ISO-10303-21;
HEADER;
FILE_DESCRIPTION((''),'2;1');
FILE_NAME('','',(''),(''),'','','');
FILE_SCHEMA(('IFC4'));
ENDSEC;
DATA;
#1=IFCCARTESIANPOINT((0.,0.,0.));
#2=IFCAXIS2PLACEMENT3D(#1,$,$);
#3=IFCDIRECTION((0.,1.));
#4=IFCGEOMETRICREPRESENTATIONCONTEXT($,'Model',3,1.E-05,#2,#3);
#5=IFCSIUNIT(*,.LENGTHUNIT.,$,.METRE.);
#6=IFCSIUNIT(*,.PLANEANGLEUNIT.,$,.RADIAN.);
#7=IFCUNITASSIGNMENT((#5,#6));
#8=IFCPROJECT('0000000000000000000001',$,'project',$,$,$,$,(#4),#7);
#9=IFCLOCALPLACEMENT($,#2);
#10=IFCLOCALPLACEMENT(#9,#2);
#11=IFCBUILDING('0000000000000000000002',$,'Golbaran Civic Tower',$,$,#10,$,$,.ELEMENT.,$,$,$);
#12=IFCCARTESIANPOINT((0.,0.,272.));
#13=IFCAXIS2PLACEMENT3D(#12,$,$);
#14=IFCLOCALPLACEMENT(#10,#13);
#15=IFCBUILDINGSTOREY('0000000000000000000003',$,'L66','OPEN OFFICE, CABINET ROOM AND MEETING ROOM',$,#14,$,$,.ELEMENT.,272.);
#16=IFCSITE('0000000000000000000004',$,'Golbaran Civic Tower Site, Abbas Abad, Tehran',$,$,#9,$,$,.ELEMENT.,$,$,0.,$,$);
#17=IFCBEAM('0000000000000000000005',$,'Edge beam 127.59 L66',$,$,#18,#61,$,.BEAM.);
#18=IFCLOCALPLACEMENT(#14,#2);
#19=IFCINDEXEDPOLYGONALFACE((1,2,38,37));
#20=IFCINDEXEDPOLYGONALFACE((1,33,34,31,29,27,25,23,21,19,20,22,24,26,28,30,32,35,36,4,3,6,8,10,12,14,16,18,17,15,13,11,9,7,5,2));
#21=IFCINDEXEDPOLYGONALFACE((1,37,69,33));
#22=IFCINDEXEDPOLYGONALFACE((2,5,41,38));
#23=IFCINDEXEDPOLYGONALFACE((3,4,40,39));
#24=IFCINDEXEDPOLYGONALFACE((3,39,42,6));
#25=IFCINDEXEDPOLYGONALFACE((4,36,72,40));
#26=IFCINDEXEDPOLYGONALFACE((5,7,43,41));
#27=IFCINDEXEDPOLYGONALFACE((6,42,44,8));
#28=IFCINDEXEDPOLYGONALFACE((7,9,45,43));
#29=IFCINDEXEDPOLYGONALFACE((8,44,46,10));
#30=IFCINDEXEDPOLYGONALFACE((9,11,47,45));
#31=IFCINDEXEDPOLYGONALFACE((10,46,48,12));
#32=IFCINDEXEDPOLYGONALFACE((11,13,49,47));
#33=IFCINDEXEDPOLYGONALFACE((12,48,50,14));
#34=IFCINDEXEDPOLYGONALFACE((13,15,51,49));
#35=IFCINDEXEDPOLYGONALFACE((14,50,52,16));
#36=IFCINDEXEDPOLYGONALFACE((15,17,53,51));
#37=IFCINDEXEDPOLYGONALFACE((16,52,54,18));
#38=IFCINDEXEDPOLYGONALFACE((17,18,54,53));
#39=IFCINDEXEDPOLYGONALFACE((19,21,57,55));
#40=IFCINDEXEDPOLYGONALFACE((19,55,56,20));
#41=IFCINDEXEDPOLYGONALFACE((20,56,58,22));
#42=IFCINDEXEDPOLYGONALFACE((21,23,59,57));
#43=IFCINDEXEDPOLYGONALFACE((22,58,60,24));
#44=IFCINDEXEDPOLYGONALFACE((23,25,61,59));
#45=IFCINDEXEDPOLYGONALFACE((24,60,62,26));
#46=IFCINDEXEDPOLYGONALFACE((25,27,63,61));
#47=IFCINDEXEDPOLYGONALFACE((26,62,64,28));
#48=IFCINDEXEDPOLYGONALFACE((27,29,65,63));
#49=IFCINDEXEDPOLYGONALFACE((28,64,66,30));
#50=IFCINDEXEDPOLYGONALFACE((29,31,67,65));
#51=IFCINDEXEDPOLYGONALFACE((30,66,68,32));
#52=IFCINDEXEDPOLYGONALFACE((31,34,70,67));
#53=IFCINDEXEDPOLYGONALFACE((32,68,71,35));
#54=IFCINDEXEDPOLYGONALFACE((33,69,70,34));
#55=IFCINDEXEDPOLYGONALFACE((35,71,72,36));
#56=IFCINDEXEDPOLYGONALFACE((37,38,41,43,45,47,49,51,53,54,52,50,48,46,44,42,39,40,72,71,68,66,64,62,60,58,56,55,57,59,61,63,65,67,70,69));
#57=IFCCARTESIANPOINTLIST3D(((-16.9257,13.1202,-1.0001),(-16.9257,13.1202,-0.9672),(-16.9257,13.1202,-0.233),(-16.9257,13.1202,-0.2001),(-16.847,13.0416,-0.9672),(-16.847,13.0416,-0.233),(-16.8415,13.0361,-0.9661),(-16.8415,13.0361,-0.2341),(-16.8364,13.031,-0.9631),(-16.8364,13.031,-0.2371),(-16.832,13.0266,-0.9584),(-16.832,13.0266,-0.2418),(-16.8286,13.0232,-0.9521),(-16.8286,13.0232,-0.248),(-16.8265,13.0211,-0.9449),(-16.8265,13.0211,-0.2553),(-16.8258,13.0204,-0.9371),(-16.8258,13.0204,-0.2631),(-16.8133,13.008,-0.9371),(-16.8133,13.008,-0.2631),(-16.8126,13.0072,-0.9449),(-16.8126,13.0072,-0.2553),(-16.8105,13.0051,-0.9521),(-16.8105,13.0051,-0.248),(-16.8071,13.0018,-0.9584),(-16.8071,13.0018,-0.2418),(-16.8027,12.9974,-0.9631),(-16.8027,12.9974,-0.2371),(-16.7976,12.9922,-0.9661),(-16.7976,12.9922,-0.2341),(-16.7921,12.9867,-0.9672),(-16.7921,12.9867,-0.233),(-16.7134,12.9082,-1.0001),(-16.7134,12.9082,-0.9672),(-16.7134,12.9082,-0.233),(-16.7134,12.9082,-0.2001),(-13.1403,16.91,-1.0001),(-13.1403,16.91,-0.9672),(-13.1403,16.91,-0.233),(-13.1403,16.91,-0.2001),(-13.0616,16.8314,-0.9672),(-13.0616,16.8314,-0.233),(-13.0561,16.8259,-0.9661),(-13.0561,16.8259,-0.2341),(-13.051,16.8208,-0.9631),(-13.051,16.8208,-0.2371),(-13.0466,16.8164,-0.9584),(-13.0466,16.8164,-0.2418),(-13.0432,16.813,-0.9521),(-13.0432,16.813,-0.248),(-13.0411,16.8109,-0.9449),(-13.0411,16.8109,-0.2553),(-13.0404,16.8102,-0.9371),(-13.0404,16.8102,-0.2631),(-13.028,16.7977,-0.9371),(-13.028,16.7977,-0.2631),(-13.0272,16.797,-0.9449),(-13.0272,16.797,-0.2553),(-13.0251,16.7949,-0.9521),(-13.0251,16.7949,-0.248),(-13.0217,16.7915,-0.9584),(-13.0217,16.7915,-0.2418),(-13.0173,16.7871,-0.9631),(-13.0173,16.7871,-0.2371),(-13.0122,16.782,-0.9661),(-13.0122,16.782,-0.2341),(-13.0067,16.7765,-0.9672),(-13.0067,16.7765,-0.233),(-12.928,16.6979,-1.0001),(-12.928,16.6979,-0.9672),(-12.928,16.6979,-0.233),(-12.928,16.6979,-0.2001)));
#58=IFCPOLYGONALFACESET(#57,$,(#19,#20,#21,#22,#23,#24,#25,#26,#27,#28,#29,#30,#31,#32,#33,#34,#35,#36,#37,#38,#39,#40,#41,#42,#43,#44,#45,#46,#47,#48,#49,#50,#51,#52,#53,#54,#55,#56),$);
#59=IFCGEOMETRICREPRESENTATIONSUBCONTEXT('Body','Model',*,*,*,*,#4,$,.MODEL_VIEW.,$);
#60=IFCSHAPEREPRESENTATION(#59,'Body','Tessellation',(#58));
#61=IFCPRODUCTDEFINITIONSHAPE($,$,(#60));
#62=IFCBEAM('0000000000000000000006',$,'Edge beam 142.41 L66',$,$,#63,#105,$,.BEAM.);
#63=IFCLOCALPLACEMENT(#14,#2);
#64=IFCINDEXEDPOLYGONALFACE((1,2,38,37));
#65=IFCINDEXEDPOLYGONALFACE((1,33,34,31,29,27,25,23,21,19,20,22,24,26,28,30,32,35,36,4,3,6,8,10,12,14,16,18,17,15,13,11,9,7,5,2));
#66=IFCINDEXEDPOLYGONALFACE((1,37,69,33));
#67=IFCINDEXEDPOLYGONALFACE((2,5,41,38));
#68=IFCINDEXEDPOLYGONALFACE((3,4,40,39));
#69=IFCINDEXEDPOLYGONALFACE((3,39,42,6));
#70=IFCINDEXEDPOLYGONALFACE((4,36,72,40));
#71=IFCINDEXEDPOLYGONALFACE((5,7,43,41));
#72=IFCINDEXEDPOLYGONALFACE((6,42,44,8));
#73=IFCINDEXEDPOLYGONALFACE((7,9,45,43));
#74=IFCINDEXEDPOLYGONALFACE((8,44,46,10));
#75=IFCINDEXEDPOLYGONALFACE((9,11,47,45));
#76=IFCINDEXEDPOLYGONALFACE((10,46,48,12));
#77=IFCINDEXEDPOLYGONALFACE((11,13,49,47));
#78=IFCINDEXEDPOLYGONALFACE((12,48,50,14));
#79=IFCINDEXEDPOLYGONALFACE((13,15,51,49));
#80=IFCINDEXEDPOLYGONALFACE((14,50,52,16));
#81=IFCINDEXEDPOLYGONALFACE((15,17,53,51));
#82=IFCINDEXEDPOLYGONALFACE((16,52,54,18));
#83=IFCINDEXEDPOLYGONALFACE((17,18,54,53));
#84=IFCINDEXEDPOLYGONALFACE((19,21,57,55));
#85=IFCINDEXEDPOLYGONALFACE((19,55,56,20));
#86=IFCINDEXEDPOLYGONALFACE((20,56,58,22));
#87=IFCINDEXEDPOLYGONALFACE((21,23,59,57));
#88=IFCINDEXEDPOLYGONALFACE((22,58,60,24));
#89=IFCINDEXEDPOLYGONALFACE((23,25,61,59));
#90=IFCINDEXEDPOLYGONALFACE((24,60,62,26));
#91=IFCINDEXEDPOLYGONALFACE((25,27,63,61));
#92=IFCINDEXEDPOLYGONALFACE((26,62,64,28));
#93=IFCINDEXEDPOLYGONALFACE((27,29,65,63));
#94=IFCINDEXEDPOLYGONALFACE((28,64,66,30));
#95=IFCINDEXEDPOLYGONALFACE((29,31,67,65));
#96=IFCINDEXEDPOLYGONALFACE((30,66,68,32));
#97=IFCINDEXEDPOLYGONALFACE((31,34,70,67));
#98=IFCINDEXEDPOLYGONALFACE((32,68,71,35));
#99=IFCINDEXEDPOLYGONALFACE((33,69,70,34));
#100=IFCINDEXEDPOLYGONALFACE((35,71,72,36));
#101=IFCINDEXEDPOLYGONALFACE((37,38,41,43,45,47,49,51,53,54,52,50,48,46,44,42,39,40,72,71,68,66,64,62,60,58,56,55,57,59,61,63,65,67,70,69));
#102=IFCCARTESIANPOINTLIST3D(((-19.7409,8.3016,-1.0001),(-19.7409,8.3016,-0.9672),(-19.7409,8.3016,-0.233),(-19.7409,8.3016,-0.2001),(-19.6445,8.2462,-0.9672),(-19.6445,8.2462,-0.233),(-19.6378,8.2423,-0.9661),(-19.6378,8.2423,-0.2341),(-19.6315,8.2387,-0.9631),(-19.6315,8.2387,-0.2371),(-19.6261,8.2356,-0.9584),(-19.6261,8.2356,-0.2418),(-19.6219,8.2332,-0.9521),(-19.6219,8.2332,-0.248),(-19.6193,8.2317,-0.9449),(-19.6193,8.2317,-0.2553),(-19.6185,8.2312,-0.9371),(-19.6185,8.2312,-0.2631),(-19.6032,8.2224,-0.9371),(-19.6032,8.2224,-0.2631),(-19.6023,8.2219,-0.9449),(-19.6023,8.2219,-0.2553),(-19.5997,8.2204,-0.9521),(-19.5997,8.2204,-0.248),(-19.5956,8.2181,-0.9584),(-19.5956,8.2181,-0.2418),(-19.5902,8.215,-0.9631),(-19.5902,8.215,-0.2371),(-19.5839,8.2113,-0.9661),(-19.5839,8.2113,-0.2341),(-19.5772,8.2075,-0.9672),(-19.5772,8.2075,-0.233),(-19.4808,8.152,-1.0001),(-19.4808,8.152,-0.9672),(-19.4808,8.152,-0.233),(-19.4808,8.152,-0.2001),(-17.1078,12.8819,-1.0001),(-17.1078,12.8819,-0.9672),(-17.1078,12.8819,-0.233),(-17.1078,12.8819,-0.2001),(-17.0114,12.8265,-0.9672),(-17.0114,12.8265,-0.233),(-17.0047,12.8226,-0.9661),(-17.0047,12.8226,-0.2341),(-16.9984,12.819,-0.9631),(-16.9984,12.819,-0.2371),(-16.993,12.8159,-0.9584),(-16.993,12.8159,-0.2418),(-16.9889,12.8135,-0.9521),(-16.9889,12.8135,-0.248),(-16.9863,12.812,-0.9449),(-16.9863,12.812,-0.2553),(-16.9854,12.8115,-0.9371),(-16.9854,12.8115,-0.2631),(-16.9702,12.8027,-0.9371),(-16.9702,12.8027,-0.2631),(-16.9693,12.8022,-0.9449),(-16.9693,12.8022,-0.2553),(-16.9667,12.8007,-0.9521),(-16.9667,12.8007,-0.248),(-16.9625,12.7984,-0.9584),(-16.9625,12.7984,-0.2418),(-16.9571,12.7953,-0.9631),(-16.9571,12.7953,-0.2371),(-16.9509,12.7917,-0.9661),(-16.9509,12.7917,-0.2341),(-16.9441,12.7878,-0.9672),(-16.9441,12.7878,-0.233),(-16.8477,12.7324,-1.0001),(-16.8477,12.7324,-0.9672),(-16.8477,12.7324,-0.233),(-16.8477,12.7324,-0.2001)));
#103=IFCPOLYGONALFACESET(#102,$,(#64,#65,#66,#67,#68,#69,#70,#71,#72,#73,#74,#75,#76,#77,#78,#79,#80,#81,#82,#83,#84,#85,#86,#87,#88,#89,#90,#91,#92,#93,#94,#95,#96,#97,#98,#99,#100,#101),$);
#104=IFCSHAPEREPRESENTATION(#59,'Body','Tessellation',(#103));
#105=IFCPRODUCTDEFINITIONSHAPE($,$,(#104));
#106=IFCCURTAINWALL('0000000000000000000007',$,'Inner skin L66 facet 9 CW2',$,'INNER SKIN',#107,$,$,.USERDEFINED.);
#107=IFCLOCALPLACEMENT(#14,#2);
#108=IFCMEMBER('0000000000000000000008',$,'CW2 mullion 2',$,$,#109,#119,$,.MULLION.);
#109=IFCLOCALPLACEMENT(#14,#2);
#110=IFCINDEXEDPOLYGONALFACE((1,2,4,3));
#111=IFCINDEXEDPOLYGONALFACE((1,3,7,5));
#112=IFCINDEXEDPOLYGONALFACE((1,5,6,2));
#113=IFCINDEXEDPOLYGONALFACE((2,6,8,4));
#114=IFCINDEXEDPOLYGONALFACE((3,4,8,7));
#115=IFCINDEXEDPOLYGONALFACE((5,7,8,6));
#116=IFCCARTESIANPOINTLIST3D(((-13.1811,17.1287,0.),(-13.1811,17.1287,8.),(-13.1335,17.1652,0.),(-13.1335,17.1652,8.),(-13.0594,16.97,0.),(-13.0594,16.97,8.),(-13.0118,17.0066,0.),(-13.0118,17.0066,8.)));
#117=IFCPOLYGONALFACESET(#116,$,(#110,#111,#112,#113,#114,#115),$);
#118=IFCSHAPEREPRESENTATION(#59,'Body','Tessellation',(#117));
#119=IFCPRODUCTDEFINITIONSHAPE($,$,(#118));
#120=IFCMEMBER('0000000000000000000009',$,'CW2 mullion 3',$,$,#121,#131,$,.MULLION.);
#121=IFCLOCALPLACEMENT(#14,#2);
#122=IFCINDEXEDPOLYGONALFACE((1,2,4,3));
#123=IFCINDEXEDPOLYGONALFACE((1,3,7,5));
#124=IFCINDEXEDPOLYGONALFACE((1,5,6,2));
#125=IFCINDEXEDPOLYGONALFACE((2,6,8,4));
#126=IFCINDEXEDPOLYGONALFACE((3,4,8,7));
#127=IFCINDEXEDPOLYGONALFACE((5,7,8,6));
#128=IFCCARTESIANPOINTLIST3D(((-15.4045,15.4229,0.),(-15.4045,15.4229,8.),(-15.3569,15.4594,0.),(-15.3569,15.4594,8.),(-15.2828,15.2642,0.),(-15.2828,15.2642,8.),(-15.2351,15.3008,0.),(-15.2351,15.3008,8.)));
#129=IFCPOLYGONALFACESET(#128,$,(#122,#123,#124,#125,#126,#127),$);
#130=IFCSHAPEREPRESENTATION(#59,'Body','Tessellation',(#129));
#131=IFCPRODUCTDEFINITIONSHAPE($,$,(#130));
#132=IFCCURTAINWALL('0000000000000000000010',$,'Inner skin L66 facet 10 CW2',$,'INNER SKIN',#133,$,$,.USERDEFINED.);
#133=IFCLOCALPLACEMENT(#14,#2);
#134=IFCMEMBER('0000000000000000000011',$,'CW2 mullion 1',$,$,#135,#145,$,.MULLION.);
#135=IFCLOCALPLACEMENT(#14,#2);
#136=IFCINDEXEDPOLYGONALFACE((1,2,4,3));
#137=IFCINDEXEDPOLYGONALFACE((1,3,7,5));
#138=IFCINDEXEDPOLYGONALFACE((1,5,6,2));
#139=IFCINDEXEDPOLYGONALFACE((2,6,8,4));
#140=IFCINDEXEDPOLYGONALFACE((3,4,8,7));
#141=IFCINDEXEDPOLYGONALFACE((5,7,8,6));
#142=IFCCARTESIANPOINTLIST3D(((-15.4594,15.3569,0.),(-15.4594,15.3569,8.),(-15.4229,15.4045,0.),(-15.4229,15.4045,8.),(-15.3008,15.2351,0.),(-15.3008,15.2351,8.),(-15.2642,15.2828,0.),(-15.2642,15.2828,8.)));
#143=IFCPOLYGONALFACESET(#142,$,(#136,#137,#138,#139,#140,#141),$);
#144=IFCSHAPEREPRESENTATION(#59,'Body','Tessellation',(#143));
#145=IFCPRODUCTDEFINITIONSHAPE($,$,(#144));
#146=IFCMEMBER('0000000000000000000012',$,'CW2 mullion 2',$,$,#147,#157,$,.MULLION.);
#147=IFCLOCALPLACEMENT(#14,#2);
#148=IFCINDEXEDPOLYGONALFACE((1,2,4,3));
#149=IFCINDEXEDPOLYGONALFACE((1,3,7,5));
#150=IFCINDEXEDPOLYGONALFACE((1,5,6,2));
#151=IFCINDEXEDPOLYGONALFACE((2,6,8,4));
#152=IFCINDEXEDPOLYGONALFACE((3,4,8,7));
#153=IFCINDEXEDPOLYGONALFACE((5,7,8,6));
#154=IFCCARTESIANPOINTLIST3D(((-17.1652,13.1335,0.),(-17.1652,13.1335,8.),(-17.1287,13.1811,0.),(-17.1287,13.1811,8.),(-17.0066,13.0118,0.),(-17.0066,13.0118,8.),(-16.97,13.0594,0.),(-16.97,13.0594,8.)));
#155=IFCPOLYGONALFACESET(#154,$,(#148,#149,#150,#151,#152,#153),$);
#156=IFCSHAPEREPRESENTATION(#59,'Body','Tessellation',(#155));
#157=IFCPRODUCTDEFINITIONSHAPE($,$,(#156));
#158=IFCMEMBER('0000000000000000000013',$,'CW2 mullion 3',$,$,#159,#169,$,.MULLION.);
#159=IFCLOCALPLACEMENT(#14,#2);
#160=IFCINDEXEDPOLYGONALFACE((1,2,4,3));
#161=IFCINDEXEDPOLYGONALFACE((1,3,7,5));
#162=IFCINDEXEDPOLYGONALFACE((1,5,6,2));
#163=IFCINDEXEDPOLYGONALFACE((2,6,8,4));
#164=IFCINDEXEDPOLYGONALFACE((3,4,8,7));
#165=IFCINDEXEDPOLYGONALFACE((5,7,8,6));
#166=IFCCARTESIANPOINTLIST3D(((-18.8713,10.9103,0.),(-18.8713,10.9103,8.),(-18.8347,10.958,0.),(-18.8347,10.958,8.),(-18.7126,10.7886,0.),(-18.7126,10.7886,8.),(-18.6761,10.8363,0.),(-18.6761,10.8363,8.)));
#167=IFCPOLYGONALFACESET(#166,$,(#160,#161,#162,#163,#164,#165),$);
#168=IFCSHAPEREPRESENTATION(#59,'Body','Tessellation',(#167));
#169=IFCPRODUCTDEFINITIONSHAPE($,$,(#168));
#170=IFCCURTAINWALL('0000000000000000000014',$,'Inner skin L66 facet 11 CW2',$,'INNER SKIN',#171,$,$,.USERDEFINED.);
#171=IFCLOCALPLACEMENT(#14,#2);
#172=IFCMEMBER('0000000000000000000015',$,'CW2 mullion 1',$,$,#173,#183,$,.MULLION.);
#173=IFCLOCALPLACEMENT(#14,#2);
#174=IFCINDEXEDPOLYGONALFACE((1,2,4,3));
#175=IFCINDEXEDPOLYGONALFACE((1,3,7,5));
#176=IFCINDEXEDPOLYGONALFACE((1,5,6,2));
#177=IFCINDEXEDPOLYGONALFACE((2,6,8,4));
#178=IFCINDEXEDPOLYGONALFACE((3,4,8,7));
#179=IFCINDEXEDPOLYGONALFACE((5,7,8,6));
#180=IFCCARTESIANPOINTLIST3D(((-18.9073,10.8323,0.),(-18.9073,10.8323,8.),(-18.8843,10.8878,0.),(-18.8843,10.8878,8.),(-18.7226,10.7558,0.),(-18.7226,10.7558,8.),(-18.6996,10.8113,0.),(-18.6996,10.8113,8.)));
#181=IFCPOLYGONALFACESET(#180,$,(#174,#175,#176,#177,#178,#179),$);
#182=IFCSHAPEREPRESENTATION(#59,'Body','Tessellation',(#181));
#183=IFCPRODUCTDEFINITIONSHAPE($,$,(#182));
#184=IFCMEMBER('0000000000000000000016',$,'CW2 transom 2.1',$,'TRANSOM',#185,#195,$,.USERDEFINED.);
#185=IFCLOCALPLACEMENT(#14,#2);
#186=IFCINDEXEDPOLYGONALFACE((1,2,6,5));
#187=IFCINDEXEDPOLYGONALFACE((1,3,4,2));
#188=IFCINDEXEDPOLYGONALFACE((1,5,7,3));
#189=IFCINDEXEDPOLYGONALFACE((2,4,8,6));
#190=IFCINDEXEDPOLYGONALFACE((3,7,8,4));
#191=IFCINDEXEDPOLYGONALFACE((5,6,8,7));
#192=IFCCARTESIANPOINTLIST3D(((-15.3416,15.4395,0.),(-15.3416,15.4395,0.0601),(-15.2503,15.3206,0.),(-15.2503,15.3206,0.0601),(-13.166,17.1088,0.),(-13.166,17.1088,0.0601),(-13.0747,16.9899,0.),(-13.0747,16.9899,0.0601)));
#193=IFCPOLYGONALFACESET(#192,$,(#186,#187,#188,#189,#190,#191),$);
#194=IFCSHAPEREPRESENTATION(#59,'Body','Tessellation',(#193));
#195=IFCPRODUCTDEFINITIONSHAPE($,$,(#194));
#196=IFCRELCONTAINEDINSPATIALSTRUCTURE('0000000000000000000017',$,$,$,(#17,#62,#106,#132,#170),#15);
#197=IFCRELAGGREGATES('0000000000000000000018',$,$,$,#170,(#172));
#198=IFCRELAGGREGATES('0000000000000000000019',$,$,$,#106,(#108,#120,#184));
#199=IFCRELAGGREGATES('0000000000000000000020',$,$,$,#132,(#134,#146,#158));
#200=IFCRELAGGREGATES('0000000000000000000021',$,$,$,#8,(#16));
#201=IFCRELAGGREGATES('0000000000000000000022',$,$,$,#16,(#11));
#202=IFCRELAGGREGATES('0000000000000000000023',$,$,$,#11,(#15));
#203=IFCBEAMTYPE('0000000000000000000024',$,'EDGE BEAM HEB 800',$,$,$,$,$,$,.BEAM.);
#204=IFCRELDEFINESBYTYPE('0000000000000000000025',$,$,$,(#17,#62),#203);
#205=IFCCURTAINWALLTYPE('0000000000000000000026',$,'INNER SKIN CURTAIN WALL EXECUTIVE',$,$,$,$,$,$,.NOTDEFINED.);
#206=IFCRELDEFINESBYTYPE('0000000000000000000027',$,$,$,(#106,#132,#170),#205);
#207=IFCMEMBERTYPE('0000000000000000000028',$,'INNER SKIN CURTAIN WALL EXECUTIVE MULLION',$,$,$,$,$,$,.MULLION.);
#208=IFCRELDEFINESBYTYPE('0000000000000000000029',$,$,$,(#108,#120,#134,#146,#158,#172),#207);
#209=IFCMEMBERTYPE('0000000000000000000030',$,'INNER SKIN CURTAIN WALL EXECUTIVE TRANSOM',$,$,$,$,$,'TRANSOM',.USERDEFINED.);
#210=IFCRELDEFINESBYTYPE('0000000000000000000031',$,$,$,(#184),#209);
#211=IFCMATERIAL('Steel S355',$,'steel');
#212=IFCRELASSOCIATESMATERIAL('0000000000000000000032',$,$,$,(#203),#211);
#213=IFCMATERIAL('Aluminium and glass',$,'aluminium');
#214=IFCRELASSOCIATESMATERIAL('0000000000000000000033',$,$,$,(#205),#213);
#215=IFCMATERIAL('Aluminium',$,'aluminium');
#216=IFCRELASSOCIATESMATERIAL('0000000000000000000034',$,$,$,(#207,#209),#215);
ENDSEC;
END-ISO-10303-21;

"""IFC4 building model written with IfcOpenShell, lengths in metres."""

from ifc_helpers import new_model, si_unit, direction, frame, origin, origin_2d, place, context, subcontext, project, spatial, rectangle, i_section, extrude, material, material_profile, profile_set, type_object, element, aggregate, save


model = new_model("IFC4")

# Units and contexts
model_context = context("Model", 3, precision=1e-05, world=origin(), true_north=direction((0.0, 1.0)))
body_context = subcontext(model_context, "Body", "Model", "MODEL_VIEW")
ifc_project = project(units=[si_unit("LENGTHUNIT", "METRE"), si_unit("PLANEANGLEUNIT", "RADIAN")], contexts=[model_context])

# Site, building, storey
site_placement = place(None, origin())
site = spatial("IfcSite", under=ifc_project, at=site_placement, Name="Golbaran Civic Tower Site, Abbas Abad, Tehran", CompositionType="ELEMENT", RefElevation=0.0)
building_placement = place(site_placement, origin())
building = spatial("IfcBuilding", under=site, at=building_placement, Name="Golbaran Civic Tower", CompositionType="ELEMENT")
storey_placement = place(building_placement, frame((0.0, 0.0, 272.0)))
storey = spatial("IfcBuildingStorey", under=building, at=storey_placement, Name="L66", Description="OPEN OFFICE, CABINET ROOM AND MEETING ROOM", CompositionType="ELEMENT", Elevation=272.0)

# Beams
ifc_material_1 = material(Name="Steel S355", Category="steel")
ifc_material_profile_1 = material_profile(ifc_material_1, i_section(OverallWidth=0.3, OverallDepth=0.8, WebThickness=0.0176, FlangeThickness=0.033, FilletRadius=0.03, at=origin_2d()), Name="HEB 800")
ifc_profile_set_1 = profile_set([ifc_material_profile_1], Name="Steel S355")
beam_type = type_object("IfcBeamType", Name="EDGE BEAM HEB 800", PredefinedType="BEAM", material=ifc_profile_set_1)
beam_1_placement = place(storey_placement, frame((-13.0342, 16.804, -0.6001), z_axis=(-0.706696, -0.707517, 0.0), x_axis=(0.707517, -0.706696, 0.0)))
element("IfcBeam", 1, at=beam_1_placement, inside=storey, type_object=beam_type, Name="Edge beam 127.59 L66", PredefinedType="BEAM", context=body_context, shape_type="SweptSolid", body=[
    extrude(i_section(OverallWidth=0.3, OverallDepth=0.8, WebThickness=0.0176, FlangeThickness=0.033, FilletRadius=0.03, at=origin_2d()), origin(), (0.0, 0.0, 1.0), 5.3564),
])
beam_2_placement = place(storey_placement, frame((-16.9778, 12.8071, -0.6001), z_axis=(-0.498382, -0.866958, 0.0), x_axis=(0.866958, -0.498382, 0.0)))
element("IfcBeam", 2, at=beam_2_placement, inside=storey, type_object=beam_type, Name="Edge beam 142.41 L66", PredefinedType="BEAM", context=body_context, shape_type="SweptSolid", body=[
    extrude(i_section(OverallWidth=0.3, OverallDepth=0.8, WebThickness=0.0176, FlangeThickness=0.033, FilletRadius=0.03, at=origin_2d()), origin(), (0.0, 0.0, 1.0), 5.2832),
])

# Curtain walls, members
ifc_material_2 = material(Name="Aluminium and glass", Category="aluminium")
curtain_wall_type = type_object("IfcCurtainWallType", Name="INNER SKIN CURTAIN WALL EXECUTIVE", PredefinedType="NOTDEFINED", material=ifc_material_2)
curtain_wall_1_placement = place(storey_placement, origin())
curtain_wall_1 = element("IfcCurtainWall", 3, at=curtain_wall_1_placement, inside=storey, type_object=curtain_wall_type, Name="Inner skin L66 facet 9 CW2", ObjectType="INNER SKIN", PredefinedType="USERDEFINED")
ifc_material_3 = material(Name="Aluminium", Category="aluminium")
ifc_material_profile_2 = material_profile(ifc_material_3, rectangle(XDim=0.2, YDim=0.0601, at=origin_2d()), Name="INNER SKIN CURTAIN WALL EXECUTIVE MULLION")
ifc_profile_set_2 = profile_set([ifc_material_profile_2], Name="Aluminium")
member_type_1 = type_object("IfcMemberType", Name="INNER SKIN CURTAIN WALL EXECUTIVE MULLION", PredefinedType="MULLION", material=ifc_profile_set_2)
member_1_placement = place(storey_placement, frame((-13.0964, 17.0676, 0.0), z_axis=(0.0, 0.0, 1.0), x_axis=(0.608761, -0.793353, 0.0)))
member_1 = element("IfcMember", 4, at=member_1_placement, type_object=member_type_1, Name="CW2 mullion 2", PredefinedType="MULLION", context=body_context, shape_type="SweptSolid", body=[
    extrude(rectangle(XDim=0.2, YDim=0.0601, at=origin_2d()), origin(), (0.0, 0.0, 1.0), 8.0),
])
member_2_placement = place(storey_placement, frame((-15.3198, 15.3618, 0.0), z_axis=(0.0, 0.0, 1.0), x_axis=(0.608761, -0.793353, 0.0)))
member_2 = element("IfcMember", 5, at=member_2_placement, type_object=member_type_1, Name="CW2 mullion 3", PredefinedType="MULLION", context=body_context, shape_type="SweptSolid", body=[
    extrude(rectangle(XDim=0.2, YDim=0.0601, at=origin_2d()), origin(), (0.0, 0.0, 1.0), 8.0),
])
curtain_wall_2_placement = place(storey_placement, origin())
curtain_wall_2 = element("IfcCurtainWall", 6, at=curtain_wall_2_placement, inside=storey, type_object=curtain_wall_type, Name="Inner skin L66 facet 10 CW2", ObjectType="INNER SKIN", PredefinedType="USERDEFINED")
member_3_placement = place(storey_placement, frame((-15.3618, 15.3198, 0.0), z_axis=(0.0, 0.0, 1.0), x_axis=(0.793353, -0.608761, 0.0)))
member_3 = element("IfcMember", 7, at=member_3_placement, type_object=member_type_1, Name="CW2 mullion 1", PredefinedType="MULLION", context=body_context, shape_type="SweptSolid", body=[
    extrude(rectangle(XDim=0.2, YDim=0.0601, at=origin_2d()), origin(), (0.0, 0.0, 1.0), 8.0),
])
member_4_placement = place(storey_placement, frame((-17.0676, 13.0964, 0.0), z_axis=(0.0, 0.0, 1.0), x_axis=(0.793353, -0.608761, 0.0)))
member_4 = element("IfcMember", 8, at=member_4_placement, type_object=member_type_1, Name="CW2 mullion 2", PredefinedType="MULLION", context=body_context, shape_type="SweptSolid", body=[
    extrude(rectangle(XDim=0.2, YDim=0.0601, at=origin_2d()), origin(), (0.0, 0.0, 1.0), 8.0),
])
member_5_placement = place(storey_placement, frame((-18.7737, 10.8733, 0.0), z_axis=(0.0, 0.0, 1.0), x_axis=(0.793353, -0.608761, 0.0)))
member_5 = element("IfcMember", 9, at=member_5_placement, type_object=member_type_1, Name="CW2 mullion 3", PredefinedType="MULLION", context=body_context, shape_type="SweptSolid", body=[
    extrude(rectangle(XDim=0.2, YDim=0.0601, at=origin_2d()), origin(), (0.0, 0.0, 1.0), 8.0),
])

# Curtain wall, member
curtain_wall_3_placement = place(storey_placement, origin())
curtain_wall_3 = element("IfcCurtainWall", 10, at=curtain_wall_3_placement, inside=storey, type_object=curtain_wall_type, Name="Inner skin L66 facet 11 CW2", ObjectType="INNER SKIN", PredefinedType="USERDEFINED")
member_6_placement = place(storey_placement, frame((-18.8035, 10.8218, 0.0), z_axis=(0.0, 0.0, 1.0), x_axis=(0.92388, -0.382683, 0.0)))
member_6 = element("IfcMember", 11, at=member_6_placement, type_object=member_type_1, Name="CW2 mullion 1", PredefinedType="MULLION", context=body_context, shape_type="SweptSolid", body=[
    extrude(rectangle(XDim=0.2, YDim=0.0601, at=origin_2d()), origin(), (0.0, 0.0, 1.0), 8.0),
])

# Member
ifc_material_profile_3 = material_profile(ifc_material_3, rectangle(XDim=0.1499, YDim=0.0601, at=origin_2d()), Name="INNER SKIN CURTAIN WALL EXECUTIVE TRANSOM")
ifc_profile_set_3 = profile_set([ifc_material_profile_3], Name="Aluminium")
member_type_2 = type_object("IfcMemberType", Name="INNER SKIN CURTAIN WALL EXECUTIVE TRANSOM", ElementType="TRANSOM", PredefinedType="USERDEFINED", material=ifc_profile_set_3)
member_7_placement = place(storey_placement, frame((-13.1204, 17.0493, 0.03), z_axis=(-0.793381, -0.608725, 0.0), x_axis=(0.608725, -0.793381, 0.0)))
member_7 = element("IfcMember", 12, at=member_7_placement, type_object=member_type_2, Name="CW2 transom 2.1", ObjectType="TRANSOM", PredefinedType="USERDEFINED", context=body_context, shape_type="SweptSolid", body=[
    extrude(rectangle(XDim=0.1499, YDim=0.0601, at=origin_2d()), origin(), (0.0, 0.0, 1.0), 2.7422),
])

aggregate(curtain_wall_3, [member_6])
aggregate(curtain_wall_1, [member_1, member_2, member_7])
aggregate(curtain_wall_2, [member_3, member_4, member_5])

save(model, "model.ifc")
